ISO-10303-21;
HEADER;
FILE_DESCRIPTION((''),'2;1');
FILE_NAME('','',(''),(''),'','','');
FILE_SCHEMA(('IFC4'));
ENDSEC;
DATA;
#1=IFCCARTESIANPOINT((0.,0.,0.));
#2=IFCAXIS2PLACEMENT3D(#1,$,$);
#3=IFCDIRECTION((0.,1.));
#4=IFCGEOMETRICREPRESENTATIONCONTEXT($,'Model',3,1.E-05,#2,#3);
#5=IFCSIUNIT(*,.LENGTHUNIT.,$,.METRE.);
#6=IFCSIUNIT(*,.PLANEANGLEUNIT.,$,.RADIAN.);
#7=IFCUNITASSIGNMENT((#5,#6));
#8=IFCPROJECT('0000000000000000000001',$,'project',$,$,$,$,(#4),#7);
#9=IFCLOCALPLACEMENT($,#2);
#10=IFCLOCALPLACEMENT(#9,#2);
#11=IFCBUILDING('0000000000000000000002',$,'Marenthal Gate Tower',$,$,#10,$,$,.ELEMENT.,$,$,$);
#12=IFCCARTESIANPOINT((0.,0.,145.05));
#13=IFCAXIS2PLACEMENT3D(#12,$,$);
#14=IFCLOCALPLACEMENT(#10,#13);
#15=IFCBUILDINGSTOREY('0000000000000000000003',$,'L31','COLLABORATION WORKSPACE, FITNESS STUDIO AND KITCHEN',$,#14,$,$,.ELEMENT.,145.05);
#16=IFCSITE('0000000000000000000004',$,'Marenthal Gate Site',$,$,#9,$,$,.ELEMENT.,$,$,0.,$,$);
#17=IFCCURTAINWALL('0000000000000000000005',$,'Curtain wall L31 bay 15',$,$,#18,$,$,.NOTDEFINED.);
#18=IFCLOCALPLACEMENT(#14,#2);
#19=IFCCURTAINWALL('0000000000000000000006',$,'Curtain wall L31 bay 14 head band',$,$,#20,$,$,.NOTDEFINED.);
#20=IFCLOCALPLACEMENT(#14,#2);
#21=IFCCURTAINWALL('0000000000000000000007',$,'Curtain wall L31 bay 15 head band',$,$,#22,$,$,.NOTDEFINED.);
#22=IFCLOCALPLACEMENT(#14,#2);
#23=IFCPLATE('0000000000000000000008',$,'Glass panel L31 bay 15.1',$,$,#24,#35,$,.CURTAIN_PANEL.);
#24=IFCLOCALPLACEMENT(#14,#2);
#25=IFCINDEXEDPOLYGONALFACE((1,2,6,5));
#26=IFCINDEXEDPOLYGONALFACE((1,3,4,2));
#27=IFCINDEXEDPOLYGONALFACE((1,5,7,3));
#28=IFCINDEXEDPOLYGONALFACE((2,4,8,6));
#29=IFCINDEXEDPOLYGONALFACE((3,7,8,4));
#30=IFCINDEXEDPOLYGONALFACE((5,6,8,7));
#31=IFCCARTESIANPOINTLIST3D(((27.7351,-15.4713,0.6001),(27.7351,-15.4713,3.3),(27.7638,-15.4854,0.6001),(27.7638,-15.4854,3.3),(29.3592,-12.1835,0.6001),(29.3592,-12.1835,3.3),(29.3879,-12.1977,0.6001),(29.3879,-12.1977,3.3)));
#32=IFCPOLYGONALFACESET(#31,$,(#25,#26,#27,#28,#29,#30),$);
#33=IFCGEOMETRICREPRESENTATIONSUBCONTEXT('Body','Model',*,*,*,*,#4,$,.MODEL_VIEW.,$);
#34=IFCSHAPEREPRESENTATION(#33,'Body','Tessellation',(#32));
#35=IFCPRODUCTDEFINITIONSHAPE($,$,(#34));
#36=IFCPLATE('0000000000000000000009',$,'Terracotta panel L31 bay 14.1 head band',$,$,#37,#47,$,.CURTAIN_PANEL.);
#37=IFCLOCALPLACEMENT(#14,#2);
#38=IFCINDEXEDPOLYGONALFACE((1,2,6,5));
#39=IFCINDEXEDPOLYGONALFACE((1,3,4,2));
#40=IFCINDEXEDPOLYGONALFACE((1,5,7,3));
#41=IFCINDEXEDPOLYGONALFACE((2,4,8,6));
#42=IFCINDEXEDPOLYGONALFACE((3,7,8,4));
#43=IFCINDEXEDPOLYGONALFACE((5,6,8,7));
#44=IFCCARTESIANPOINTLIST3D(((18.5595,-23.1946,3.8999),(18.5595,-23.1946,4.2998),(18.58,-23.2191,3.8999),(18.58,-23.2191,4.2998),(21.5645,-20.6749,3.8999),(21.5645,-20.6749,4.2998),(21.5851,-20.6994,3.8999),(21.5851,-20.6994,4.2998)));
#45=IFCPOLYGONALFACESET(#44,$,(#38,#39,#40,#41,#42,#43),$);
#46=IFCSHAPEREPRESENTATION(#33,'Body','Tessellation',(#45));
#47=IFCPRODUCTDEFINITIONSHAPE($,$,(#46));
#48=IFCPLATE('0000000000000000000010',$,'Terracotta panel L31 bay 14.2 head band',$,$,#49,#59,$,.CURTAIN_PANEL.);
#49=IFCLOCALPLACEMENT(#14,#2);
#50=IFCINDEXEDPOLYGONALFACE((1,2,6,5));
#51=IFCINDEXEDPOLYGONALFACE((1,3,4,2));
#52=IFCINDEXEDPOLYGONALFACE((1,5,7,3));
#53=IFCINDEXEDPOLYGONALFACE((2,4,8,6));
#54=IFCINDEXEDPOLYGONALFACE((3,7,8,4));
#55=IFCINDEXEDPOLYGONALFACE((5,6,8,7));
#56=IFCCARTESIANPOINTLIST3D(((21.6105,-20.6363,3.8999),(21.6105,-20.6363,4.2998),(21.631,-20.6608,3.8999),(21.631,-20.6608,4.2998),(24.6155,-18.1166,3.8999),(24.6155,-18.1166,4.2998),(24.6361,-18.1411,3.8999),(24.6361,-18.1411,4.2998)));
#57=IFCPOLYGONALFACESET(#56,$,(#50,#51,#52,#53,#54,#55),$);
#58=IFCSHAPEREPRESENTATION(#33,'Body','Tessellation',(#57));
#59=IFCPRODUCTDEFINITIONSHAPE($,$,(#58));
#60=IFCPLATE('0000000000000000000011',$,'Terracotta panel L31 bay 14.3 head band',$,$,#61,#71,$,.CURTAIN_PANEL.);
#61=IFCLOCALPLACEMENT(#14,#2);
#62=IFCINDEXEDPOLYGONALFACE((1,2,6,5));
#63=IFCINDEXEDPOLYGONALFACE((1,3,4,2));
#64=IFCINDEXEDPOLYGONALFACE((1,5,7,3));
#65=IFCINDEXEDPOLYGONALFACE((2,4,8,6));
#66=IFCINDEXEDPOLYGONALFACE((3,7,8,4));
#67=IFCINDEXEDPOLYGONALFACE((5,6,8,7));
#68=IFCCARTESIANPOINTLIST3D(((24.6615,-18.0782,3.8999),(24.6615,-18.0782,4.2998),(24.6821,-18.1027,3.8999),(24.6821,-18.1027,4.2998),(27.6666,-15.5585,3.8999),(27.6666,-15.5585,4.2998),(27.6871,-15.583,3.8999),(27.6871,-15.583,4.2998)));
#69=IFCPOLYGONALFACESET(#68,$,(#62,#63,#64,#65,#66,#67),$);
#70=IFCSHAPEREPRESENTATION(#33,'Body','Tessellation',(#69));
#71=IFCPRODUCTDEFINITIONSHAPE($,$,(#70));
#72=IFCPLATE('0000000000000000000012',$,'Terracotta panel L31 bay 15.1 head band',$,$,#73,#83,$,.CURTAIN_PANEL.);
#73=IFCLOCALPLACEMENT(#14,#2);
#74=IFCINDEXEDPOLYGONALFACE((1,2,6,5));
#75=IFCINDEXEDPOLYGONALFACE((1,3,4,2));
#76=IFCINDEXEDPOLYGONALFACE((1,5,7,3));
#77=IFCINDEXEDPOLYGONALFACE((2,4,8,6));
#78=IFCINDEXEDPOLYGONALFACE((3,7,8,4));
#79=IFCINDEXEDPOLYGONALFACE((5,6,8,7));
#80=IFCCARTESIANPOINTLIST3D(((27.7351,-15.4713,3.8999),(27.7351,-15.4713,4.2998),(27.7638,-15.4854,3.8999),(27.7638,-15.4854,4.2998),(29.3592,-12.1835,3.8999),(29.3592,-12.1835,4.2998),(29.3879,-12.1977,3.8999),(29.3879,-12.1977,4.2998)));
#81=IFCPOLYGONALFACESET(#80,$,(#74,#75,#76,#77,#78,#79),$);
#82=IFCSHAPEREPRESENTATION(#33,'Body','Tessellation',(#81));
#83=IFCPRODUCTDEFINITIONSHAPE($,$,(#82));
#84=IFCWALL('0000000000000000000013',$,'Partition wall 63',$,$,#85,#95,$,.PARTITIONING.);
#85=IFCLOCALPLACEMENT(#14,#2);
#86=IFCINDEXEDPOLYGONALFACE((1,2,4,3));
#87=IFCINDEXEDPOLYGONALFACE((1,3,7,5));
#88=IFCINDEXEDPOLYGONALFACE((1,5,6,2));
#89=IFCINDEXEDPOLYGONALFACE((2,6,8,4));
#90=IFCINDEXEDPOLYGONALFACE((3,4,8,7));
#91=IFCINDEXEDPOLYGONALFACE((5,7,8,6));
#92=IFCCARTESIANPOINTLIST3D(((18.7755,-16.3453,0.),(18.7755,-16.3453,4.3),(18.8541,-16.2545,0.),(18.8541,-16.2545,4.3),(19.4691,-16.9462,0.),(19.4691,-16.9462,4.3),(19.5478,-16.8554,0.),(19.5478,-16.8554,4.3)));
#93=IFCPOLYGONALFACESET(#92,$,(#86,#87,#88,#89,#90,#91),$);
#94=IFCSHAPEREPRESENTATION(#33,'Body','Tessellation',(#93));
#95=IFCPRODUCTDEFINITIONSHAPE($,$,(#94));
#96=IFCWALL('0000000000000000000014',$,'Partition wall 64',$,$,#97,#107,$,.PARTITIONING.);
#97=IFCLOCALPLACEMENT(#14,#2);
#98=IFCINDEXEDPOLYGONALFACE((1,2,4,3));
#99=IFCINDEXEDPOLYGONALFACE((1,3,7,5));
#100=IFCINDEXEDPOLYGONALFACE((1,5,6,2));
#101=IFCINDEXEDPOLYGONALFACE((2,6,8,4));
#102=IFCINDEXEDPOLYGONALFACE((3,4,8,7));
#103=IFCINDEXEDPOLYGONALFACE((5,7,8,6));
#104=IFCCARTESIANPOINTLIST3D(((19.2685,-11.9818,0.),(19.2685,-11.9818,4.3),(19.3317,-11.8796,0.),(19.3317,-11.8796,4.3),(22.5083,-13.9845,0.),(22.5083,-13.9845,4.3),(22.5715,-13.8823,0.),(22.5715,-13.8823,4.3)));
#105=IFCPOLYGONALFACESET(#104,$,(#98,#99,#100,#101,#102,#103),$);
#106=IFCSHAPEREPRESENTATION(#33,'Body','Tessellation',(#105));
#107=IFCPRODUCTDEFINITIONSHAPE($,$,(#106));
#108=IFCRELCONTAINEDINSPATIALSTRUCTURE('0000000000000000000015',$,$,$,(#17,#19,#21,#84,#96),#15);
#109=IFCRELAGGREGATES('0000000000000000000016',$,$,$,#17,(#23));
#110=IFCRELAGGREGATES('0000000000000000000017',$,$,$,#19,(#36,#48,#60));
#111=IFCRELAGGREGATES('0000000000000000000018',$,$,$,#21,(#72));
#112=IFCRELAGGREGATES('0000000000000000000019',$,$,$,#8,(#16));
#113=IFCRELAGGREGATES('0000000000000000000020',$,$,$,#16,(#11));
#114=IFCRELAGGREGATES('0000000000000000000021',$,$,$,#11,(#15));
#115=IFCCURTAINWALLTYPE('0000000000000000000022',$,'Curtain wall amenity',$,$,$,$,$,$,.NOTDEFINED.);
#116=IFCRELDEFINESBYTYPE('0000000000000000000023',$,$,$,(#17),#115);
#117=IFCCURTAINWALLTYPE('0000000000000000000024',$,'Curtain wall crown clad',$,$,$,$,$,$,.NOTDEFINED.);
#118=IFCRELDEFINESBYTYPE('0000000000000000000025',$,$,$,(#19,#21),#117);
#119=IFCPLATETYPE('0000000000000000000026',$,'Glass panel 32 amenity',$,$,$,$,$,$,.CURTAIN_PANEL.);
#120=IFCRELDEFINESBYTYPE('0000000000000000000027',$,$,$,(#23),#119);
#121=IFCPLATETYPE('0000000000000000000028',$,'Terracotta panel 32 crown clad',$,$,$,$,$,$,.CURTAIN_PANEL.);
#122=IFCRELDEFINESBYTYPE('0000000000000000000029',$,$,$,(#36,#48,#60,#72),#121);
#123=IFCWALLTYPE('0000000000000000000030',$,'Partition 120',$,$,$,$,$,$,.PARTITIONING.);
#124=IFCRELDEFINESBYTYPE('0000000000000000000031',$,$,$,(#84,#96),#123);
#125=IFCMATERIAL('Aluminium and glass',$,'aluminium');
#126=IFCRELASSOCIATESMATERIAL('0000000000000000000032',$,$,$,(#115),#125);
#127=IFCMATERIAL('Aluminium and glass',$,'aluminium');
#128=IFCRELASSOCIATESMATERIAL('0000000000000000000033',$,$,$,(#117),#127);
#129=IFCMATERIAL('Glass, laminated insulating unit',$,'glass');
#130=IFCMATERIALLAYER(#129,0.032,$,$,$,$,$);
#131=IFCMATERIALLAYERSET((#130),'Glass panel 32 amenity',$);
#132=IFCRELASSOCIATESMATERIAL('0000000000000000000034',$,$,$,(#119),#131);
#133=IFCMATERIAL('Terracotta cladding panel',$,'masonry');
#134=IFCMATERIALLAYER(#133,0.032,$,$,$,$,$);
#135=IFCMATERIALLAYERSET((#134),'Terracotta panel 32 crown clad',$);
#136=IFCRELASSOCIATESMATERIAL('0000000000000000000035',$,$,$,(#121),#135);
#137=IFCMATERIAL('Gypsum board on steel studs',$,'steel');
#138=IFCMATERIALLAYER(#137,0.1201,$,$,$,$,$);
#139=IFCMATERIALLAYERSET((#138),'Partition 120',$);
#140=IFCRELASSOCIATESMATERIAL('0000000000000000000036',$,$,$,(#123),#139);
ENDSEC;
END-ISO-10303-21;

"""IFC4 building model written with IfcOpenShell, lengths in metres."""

from ifc_helpers import new_model, si_unit, direction, frame, frame_2d, origin, origin_2d, place, context, subcontext, project, spatial, rectangle, extrude, material, layer, layer_set, type_object, element, aggregate, save


model = new_model("IFC4")

# Units and contexts
model_context = context("Model", 3, precision=1e-05, world=origin(), true_north=direction((0.0, 1.0)))
body_context = subcontext(model_context, "Body", "Model", "MODEL_VIEW")
ifc_project = project(units=[si_unit("LENGTHUNIT", "METRE"), si_unit("PLANEANGLEUNIT", "RADIAN")], contexts=[model_context])

# Site, building, storey
site_placement = place(None, origin())
site = spatial("IfcSite", under=ifc_project, at=site_placement, Name="Marenthal Gate Site", CompositionType="ELEMENT", RefElevation=0.0)
building_placement = place(site_placement, origin())
building = spatial("IfcBuilding", under=site, at=building_placement, Name="Marenthal Gate Tower", CompositionType="ELEMENT")
storey_placement = place(building_placement, frame((0.0, 0.0, 145.05)))
storey = spatial("IfcBuildingStorey", under=building, at=storey_placement, Name="L31", Description="COLLABORATION WORKSPACE, FITNESS STUDIO AND KITCHEN", CompositionType="ELEMENT", Elevation=145.05)

# Curtain walls
ifc_material_1 = material(Name="Aluminium and glass", Category="aluminium")
curtain_wall_type_1 = type_object("IfcCurtainWallType", Name="Curtain wall amenity", PredefinedType="NOTDEFINED", material=ifc_material_1)
curtain_wall_1_placement = place(storey_placement, origin())
curtain_wall_1 = element("IfcCurtainWall", 1, at=curtain_wall_1_placement, inside=storey, type_object=curtain_wall_type_1, Name="Curtain wall L31 bay 15", PredefinedType="NOTDEFINED")
ifc_material_2 = material(Name="Aluminium and glass", Category="aluminium")
curtain_wall_type_2 = type_object("IfcCurtainWallType", Name="Curtain wall crown clad", PredefinedType="NOTDEFINED", material=ifc_material_2)
curtain_wall_2_placement = place(storey_placement, origin())
curtain_wall_2 = element("IfcCurtainWall", 2, at=curtain_wall_2_placement, inside=storey, type_object=curtain_wall_type_2, Name="Curtain wall L31 bay 14 head band", PredefinedType="NOTDEFINED")
curtain_wall_3_placement = place(storey_placement, origin())
curtain_wall_3 = element("IfcCurtainWall", 3, at=curtain_wall_3_placement, inside=storey, type_object=curtain_wall_type_2, Name="Curtain wall L31 bay 15 head band", PredefinedType="NOTDEFINED")

# Plates
ifc_material_3 = material(Name="Glass, laminated insulating unit", Category="glass")
ifc_layer_1 = layer(ifc_material_3, 0.032)
ifc_layer_set_1 = layer_set([ifc_layer_1], Name="Glass panel 32 amenity")
plate_type_1 = type_object("IfcPlateType", Name="Glass panel 32 amenity", PredefinedType="CURTAIN_PANEL", material=ifc_layer_set_1)
plate_1_placement = place(storey_placement, frame((28.5615, -13.8345, 0.6001), z_axis=(0.0, 0.0, 1.0), x_axis=(0.442895, 0.896573, 0.0)))
plate_1 = element("IfcPlate", 4, at=plate_1_placement, type_object=plate_type_1, Name="Glass panel L31 bay 15.1", PredefinedType="CURTAIN_PANEL", context=body_context, shape_type="SweptSolid", body=[
    extrude(rectangle(XDim=3.667, YDim=0.032, at=origin_2d()), origin(), (0.0, 0.0, 1.0), 2.7),
])
aggregate(curtain_wall_1, [plate_1])
ifc_material_4 = material(Name="Terracotta cladding panel", Category="masonry")
ifc_layer_2 = layer(ifc_material_4, 0.032)
ifc_layer_set_2 = layer_set([ifc_layer_2], Name="Terracotta panel 32 crown clad")
plate_type_2 = type_object("IfcPlateType", Name="Terracotta panel 32 crown clad", PredefinedType="CURTAIN_PANEL", material=ifc_layer_set_2)
plate_2_placement = place(storey_placement, frame((20.0723, -21.947, 3.8999), z_axis=(0.0, 0.0, 1.0), x_axis=(0.766277, 0.642511, 0.0)))
plate_2 = element("IfcPlate", 5, at=plate_2_placement, type_object=plate_type_2, Name="Terracotta panel L31 bay 14.1 head band", PredefinedType="CURTAIN_PANEL", context=body_context, shape_type="SweptSolid", body=[
    extrude(rectangle(XDim=3.9216, YDim=0.032, at=origin_2d()), origin(), (0.0, 0.0, 1.0), 0.3999),
])
plate_3_placement = place(storey_placement, frame((23.1233, -19.3887, 3.8999), z_axis=(0.0, 0.0, 1.0), x_axis=(0.766277, 0.642511, 0.0)))
plate_3 = element("IfcPlate", 6, at=plate_3_placement, type_object=plate_type_2, Name="Terracotta panel L31 bay 14.2 head band", PredefinedType="CURTAIN_PANEL", context=body_context, shape_type="SweptSolid", body=[
    extrude(rectangle(XDim=3.9216, YDim=0.032, at=origin_2d()), origin(), (0.0, 0.0, 1.0), 0.3999),
])
plate_4_placement = place(storey_placement, frame((26.1743, -16.8306, 3.8999), z_axis=(0.0, 0.0, 1.0), x_axis=(0.766277, 0.642511, 0.0)))
plate_4 = element("IfcPlate", 7, at=plate_4_placement, type_object=plate_type_2, Name="Terracotta panel L31 bay 14.3 head band", PredefinedType="CURTAIN_PANEL", context=body_context, shape_type="SweptSolid", body=[
    extrude(rectangle(XDim=3.9216, YDim=0.032, at=origin_2d()), origin(), (0.0, 0.0, 1.0), 0.3999),
])
aggregate(curtain_wall_2, [plate_2, plate_3, plate_4])
plate_5_placement = place(storey_placement, frame((28.5615, -13.8345, 3.8999), z_axis=(0.0, 0.0, 1.0), x_axis=(0.442895, 0.896573, 0.0)))
plate_5 = element("IfcPlate", 8, at=plate_5_placement, type_object=plate_type_2, Name="Terracotta panel L31 bay 15.1 head band", PredefinedType="CURTAIN_PANEL", context=body_context, shape_type="SweptSolid", body=[
    extrude(rectangle(XDim=3.667, YDim=0.032, at=origin_2d()), origin(), (0.0, 0.0, 1.0), 0.3999),
])
aggregate(curtain_wall_3, [plate_5])

# Walls
ifc_material_5 = material(Name="Gypsum board on steel studs", Category="steel")
ifc_layer_3 = layer(ifc_material_5, 0.1201)
ifc_layer_set_3 = layer_set([ifc_layer_3], Name="Partition 120")
wall_type_1 = type_object("IfcWallType", Name="Partition 120", PredefinedType="PARTITIONING", material=ifc_layer_set_3)
wall_1_placement = place(storey_placement, frame((19.5085, -16.9009, 0.0), z_axis=(0.0, 0.0, 1.0), x_axis=(-0.755847, 0.654748, 0.0)))
element("IfcWall", 9, at=wall_1_placement, inside=storey, type_object=wall_type_1, Name="Partition wall 63", PredefinedType="PARTITIONING", context=body_context, shape_type="SweptSolid", body=[
    extrude(rectangle(XDim=0.9177, YDim=0.1201, at=frame_2d((0.459, 0.0))), origin(), (0.0, 0.0, 1.0), 4.3),
])
wall_2_placement = place(storey_placement, frame((22.5398, -13.9333, 0.0), z_axis=(0.0, 0.0, 1.0), x_axis=(-0.850602, 0.525809, 0.0)))
element("IfcWall", 10, at=wall_2_placement, inside=storey, type_object=wall_type_1, Name="Partition wall 64", PredefinedType="PARTITIONING", context=body_context, shape_type="SweptSolid", body=[
    extrude(rectangle(XDim=3.8088, YDim=0.1201, at=frame_2d((1.9043, 0.0))), origin(), (0.0, 0.0, 1.0), 4.3),
])

save(model, "model.ifc")
